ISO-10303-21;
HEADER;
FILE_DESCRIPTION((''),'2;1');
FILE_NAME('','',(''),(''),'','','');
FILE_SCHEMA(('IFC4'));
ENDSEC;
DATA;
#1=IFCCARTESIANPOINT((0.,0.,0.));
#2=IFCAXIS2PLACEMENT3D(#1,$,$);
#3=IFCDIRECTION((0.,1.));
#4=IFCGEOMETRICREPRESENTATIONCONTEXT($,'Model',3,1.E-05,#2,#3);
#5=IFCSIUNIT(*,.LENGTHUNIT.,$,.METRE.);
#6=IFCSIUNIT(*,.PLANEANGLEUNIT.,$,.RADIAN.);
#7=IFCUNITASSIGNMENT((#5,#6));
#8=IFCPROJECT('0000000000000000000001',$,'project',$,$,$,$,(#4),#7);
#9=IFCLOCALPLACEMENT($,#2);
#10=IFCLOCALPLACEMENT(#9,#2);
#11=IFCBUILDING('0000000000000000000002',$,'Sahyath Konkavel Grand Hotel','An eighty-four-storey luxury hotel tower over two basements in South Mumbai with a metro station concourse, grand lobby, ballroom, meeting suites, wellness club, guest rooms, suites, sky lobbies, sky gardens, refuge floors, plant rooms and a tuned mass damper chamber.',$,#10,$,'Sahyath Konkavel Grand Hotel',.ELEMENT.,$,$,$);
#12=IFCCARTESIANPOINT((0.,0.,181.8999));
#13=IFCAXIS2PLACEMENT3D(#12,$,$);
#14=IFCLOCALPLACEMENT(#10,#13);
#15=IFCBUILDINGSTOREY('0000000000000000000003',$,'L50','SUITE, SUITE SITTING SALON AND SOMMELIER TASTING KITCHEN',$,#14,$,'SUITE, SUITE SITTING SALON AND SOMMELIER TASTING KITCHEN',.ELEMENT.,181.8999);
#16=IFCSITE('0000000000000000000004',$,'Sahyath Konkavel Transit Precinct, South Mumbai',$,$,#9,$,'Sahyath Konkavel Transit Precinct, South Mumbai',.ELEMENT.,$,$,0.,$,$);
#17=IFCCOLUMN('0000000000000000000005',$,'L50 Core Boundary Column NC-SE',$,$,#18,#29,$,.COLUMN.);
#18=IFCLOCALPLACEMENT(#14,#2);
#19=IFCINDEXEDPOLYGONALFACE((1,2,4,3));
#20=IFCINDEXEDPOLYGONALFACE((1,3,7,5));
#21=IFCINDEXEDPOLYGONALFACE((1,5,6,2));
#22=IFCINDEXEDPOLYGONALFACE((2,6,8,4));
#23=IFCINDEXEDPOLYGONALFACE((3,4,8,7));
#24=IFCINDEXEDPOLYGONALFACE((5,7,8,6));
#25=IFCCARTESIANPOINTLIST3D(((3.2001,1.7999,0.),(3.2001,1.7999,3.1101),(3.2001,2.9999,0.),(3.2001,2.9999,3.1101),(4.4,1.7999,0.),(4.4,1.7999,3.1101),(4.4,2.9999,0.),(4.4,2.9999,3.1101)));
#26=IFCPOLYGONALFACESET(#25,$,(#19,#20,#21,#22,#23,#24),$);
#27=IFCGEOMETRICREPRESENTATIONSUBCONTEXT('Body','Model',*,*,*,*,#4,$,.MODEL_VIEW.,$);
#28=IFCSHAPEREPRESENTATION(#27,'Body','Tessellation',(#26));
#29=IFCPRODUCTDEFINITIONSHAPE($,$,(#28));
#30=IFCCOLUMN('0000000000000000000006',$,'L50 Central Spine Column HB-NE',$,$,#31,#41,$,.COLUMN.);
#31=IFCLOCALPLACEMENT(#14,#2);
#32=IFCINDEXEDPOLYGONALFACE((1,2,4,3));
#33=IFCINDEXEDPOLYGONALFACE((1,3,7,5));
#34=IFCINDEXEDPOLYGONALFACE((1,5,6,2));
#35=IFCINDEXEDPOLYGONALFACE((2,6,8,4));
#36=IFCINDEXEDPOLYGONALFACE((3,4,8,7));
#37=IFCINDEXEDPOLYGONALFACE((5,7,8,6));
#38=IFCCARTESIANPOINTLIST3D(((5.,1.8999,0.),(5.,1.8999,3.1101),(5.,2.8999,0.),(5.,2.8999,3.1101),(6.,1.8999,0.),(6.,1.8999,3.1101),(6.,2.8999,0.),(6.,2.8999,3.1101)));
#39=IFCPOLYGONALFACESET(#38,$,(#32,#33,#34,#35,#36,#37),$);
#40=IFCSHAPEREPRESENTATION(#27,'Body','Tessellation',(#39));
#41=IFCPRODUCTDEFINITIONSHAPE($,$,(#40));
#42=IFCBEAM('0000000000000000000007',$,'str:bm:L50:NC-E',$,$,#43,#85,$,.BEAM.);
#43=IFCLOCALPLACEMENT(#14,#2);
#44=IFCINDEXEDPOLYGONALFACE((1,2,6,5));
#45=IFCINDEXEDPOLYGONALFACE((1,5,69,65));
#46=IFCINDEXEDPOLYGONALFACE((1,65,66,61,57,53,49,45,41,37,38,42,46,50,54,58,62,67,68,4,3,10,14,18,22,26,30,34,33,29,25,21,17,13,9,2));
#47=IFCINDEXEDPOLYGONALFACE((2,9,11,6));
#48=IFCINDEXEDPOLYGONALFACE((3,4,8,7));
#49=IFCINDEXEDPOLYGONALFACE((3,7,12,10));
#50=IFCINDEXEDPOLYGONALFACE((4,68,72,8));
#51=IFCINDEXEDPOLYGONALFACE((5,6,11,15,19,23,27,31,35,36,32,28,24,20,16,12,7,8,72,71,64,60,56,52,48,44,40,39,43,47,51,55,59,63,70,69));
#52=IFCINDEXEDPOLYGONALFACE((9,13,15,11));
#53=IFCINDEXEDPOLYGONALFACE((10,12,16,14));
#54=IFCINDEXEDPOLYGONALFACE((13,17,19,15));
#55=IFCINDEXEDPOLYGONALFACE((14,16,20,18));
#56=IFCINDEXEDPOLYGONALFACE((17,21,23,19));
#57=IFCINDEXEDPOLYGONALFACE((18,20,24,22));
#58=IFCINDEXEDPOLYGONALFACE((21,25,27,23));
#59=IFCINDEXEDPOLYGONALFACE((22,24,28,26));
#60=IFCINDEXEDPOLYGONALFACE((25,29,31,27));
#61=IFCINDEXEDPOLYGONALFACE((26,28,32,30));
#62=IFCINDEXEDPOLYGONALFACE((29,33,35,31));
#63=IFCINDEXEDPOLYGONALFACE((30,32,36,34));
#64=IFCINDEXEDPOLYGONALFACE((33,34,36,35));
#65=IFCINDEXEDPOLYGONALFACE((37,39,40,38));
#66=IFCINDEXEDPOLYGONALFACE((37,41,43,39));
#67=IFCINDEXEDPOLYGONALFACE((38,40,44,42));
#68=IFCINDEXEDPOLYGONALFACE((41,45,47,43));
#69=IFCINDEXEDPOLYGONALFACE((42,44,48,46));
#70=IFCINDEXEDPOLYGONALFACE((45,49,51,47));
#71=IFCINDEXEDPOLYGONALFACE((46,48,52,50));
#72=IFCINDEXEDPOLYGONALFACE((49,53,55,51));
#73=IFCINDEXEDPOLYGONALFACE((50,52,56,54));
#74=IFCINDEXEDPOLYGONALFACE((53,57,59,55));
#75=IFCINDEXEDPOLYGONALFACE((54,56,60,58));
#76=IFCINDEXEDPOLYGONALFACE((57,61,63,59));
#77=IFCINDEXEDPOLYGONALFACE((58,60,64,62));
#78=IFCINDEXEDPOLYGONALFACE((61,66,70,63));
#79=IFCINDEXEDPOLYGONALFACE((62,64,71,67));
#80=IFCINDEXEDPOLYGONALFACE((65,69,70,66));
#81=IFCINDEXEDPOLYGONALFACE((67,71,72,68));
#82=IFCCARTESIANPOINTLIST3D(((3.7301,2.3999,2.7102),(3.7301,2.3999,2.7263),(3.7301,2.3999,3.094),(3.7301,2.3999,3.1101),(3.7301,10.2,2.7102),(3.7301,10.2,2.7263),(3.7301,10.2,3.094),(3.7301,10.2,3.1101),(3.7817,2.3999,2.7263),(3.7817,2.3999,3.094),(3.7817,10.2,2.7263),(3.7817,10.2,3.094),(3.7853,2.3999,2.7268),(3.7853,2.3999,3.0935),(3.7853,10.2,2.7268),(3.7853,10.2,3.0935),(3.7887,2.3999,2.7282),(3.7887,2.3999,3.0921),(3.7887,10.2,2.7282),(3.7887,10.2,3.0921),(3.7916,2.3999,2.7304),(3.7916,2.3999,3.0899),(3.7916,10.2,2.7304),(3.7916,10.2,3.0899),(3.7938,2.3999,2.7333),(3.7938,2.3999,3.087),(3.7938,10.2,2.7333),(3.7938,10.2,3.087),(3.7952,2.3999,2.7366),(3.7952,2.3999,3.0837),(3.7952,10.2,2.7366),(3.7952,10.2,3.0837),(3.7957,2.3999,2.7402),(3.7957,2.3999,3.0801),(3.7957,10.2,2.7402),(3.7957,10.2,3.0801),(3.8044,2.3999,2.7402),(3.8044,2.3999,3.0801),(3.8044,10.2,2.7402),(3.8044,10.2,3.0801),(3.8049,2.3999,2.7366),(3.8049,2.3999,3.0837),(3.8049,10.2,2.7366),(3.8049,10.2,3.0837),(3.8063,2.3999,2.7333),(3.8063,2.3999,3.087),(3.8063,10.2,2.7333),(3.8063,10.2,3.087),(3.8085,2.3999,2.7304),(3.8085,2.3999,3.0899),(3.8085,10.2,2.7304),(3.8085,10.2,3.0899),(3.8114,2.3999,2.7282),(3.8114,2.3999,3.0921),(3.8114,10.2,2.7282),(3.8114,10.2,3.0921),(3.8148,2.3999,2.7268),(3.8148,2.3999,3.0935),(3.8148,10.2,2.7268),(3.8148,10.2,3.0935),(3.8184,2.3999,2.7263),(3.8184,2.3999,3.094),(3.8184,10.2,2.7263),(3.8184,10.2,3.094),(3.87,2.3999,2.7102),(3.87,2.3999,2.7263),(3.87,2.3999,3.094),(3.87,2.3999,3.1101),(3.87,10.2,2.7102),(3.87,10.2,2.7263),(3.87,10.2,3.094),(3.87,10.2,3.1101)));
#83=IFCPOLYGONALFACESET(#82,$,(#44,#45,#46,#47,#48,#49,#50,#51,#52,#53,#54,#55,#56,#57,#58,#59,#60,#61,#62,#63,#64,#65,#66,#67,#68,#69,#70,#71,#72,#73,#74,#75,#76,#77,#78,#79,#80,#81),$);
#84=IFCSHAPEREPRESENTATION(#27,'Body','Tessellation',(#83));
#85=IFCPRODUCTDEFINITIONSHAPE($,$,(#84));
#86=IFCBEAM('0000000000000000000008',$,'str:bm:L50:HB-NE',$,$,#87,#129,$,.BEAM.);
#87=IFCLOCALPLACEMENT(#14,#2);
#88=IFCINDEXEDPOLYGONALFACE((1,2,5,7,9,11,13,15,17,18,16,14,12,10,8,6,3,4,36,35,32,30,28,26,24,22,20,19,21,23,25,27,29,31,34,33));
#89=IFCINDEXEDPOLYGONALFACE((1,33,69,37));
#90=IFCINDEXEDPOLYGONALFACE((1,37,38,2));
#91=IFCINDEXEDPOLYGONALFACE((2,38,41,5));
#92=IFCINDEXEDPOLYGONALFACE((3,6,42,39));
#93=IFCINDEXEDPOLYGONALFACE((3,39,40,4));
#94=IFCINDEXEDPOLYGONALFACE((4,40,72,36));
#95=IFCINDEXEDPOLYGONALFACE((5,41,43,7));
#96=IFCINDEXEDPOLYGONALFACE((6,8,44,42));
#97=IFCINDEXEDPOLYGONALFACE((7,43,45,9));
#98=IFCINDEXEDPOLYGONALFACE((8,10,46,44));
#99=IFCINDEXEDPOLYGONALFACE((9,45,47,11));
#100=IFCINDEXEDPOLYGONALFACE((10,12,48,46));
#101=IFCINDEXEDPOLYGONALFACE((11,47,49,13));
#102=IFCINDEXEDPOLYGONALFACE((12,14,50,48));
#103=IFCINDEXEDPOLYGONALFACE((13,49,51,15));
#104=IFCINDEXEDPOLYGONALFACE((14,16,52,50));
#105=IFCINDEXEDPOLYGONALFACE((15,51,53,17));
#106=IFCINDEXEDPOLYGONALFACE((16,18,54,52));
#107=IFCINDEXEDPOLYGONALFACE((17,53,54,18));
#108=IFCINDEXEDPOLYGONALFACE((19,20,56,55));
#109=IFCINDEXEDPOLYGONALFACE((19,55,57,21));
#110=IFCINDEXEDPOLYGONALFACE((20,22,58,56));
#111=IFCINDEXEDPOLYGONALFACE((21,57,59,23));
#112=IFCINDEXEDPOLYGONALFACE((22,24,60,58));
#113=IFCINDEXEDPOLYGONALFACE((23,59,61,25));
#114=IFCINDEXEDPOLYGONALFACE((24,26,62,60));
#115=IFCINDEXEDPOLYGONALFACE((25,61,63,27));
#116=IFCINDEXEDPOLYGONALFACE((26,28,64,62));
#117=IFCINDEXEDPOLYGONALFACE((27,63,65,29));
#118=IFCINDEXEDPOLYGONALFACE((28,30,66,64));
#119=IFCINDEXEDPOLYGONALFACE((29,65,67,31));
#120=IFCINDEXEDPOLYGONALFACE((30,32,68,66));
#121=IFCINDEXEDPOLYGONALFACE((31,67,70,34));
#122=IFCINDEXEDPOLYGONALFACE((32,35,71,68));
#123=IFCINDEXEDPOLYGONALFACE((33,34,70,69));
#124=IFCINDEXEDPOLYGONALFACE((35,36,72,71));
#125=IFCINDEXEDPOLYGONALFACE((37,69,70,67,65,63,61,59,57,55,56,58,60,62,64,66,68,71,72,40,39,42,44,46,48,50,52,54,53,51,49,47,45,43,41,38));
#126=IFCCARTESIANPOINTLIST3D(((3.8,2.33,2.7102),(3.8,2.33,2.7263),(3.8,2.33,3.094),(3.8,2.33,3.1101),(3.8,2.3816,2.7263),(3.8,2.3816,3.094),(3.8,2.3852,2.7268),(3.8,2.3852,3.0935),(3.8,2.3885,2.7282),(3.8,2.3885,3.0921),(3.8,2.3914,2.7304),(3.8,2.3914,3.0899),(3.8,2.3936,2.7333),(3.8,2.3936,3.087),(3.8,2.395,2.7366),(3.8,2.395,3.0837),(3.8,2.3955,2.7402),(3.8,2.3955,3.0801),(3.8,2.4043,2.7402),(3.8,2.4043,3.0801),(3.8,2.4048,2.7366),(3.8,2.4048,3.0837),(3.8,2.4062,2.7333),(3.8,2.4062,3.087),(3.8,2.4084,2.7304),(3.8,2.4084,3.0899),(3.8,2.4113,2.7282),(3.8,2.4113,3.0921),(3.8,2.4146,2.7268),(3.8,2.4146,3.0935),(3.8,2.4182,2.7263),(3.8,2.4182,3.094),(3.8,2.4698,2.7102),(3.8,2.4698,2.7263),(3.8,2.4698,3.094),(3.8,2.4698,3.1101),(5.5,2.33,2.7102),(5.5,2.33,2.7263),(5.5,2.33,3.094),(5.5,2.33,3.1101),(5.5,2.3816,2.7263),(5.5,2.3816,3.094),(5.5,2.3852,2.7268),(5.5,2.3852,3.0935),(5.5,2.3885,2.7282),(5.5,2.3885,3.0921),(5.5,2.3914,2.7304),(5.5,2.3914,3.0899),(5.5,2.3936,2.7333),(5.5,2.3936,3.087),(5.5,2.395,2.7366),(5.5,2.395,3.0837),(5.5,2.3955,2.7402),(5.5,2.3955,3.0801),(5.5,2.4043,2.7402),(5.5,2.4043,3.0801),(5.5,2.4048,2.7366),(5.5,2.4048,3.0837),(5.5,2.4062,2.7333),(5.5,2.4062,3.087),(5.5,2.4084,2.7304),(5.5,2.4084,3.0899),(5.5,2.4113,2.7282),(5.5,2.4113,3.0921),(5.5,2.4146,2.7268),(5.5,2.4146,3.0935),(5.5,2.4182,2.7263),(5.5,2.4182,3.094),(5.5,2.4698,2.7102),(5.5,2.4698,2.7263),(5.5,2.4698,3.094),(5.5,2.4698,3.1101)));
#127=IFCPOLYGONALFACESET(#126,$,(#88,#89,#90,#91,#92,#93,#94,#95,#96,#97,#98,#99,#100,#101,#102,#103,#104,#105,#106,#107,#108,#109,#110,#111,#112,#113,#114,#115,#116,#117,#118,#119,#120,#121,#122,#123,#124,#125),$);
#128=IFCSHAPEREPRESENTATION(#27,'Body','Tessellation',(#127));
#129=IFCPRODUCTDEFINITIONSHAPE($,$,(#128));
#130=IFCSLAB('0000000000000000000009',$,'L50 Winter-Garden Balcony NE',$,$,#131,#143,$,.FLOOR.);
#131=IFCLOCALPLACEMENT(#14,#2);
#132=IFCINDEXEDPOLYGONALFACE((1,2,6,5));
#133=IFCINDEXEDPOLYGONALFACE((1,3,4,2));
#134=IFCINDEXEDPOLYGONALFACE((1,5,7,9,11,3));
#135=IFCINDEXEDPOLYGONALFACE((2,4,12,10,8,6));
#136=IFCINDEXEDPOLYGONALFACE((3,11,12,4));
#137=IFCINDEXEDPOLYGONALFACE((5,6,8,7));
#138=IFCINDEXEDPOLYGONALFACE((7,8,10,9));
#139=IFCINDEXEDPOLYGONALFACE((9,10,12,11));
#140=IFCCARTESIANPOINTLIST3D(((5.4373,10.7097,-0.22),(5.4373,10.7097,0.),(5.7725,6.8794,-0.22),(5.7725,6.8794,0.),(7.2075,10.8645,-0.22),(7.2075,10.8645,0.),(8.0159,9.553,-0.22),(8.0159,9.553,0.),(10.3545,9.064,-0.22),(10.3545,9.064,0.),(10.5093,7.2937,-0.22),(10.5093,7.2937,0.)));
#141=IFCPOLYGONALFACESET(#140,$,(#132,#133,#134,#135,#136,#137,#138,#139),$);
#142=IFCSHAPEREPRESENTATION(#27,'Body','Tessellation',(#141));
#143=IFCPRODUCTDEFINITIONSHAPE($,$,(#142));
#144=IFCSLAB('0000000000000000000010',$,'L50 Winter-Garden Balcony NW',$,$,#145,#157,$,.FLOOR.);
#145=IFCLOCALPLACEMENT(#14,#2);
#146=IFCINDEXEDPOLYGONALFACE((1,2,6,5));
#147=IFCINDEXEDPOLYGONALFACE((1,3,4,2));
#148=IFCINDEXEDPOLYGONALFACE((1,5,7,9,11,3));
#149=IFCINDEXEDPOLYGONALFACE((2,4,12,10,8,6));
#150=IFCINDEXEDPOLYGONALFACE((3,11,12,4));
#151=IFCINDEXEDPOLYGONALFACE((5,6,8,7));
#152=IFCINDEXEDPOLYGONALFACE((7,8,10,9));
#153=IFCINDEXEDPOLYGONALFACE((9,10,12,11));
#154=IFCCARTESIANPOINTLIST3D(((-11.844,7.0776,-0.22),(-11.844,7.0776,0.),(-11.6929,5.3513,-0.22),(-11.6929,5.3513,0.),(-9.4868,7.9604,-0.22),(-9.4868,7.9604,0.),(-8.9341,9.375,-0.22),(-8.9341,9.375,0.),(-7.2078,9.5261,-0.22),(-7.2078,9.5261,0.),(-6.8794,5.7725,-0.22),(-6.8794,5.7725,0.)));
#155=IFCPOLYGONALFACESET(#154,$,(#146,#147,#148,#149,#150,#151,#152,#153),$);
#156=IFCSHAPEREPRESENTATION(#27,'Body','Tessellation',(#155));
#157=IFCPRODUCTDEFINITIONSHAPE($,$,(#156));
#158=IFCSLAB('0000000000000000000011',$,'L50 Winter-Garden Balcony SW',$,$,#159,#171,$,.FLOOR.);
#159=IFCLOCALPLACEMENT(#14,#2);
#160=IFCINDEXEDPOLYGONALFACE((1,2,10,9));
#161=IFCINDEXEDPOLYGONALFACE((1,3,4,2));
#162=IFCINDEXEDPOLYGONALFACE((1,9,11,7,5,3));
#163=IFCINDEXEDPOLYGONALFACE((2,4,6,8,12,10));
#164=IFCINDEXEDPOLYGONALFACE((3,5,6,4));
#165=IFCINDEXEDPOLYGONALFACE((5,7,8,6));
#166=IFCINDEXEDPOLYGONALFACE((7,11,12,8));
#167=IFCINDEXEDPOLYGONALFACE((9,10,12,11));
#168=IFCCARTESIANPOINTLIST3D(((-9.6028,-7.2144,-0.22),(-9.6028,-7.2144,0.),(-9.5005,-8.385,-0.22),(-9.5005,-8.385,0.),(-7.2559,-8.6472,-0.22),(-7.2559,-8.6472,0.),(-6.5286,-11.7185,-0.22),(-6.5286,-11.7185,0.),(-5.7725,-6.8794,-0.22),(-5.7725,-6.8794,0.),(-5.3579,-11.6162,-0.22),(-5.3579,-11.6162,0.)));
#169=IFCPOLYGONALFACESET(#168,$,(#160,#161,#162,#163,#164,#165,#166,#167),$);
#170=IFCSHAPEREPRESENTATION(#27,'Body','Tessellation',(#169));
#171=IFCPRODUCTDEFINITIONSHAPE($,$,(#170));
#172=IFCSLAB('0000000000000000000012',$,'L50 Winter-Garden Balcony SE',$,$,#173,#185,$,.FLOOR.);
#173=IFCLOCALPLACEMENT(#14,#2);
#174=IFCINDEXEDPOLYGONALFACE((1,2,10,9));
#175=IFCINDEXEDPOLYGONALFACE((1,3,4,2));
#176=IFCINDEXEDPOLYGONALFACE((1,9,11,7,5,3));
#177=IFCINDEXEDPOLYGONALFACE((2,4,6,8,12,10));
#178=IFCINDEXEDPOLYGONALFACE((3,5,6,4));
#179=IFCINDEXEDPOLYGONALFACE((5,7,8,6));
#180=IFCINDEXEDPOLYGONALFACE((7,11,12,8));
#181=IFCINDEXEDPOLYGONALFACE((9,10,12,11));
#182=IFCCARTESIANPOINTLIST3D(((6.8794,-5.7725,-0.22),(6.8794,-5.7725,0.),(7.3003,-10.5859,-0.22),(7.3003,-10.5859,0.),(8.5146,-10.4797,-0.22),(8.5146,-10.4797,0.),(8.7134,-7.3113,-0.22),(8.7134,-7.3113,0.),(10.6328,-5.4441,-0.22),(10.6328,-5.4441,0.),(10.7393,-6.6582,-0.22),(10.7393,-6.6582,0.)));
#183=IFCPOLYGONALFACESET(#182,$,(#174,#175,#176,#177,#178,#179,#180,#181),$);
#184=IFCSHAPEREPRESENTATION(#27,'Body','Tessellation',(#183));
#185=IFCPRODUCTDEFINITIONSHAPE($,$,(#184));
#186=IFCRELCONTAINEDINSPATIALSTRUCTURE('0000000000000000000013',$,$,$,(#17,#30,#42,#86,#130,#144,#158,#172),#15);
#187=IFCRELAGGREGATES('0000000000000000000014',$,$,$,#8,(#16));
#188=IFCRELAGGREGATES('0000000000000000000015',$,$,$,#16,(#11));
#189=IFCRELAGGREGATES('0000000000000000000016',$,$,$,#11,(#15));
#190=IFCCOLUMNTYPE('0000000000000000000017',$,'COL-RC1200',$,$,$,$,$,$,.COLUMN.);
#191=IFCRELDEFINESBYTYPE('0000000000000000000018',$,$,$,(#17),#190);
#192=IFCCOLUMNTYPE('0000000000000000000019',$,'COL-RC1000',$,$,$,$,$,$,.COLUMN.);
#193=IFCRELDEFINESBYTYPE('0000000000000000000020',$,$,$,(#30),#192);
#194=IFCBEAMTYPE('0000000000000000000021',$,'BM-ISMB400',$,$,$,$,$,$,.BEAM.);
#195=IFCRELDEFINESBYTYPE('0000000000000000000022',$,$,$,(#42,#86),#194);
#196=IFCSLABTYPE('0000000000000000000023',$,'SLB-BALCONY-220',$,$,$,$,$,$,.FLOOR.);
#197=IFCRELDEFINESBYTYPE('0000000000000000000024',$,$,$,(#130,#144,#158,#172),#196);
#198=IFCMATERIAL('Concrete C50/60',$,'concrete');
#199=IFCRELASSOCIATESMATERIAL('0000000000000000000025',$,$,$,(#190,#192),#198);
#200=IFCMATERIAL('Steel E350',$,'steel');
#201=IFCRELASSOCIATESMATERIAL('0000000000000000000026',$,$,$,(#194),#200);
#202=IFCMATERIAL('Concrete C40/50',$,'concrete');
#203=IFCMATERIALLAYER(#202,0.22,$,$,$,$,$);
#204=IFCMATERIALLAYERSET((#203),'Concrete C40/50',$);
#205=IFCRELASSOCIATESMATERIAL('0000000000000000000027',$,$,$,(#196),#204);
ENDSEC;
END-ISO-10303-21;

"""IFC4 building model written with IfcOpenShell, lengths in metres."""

from ifc_helpers import new_model, si_unit, direction, frame, origin, origin_2d, place, context, subcontext, project, spatial, polyline, rectangle, i_section, outline, extrude, source, transform, mapped, material, layer, layer_set, material_profile, profile_set, type_object, element, save


model = new_model("IFC4")

# Units and contexts
model_context = context("Model", 3, precision=1e-05, world=origin(), true_north=direction((0.0, 1.0)))
body_context = subcontext(model_context, "Body", "Model", "MODEL_VIEW")
ifc_project = project(units=[si_unit("LENGTHUNIT", "METRE"), si_unit("PLANEANGLEUNIT", "RADIAN")], contexts=[model_context])

# Site, building, storey
site_placement = place(None, origin())
site = spatial("IfcSite", under=ifc_project, at=site_placement, Name="Sahyath Konkavel Transit Precinct, South Mumbai", LongName="Sahyath Konkavel Transit Precinct, South Mumbai", CompositionType="ELEMENT", RefElevation=0.0)
building_placement = place(site_placement, origin())
building = spatial("IfcBuilding", under=site, at=building_placement, Name="Sahyath Konkavel Grand Hotel", Description="An eighty-four-storey luxury hotel tower over two basements in South Mumbai with a metro station concourse, grand lobby, ballroom, meeting suites, wellness club, guest rooms, suites, sky lobbies, sky gardens, refuge floors, plant rooms and a tuned mass damper chamber.", LongName="Sahyath Konkavel Grand Hotel", CompositionType="ELEMENT")
storey_placement = place(building_placement, frame((0.0, 0.0, 181.8999)))
storey = spatial("IfcBuildingStorey", under=building, at=storey_placement, Name="L50", Description="SUITE, SUITE SITTING SALON AND SOMMELIER TASTING KITCHEN", LongName="SUITE, SUITE SITTING SALON AND SOMMELIER TASTING KITCHEN", CompositionType="ELEMENT", Elevation=181.8999)

# Columns
ifc_material_1 = material(Name="Concrete C50/60", Category="concrete")
ifc_material_profile_1 = material_profile(ifc_material_1, rectangle(XDim=1.2, YDim=1.2, at=origin_2d()), Name="RC 1200x1200")
ifc_profile_set_1 = profile_set([ifc_material_profile_1], Name="Concrete C50/60")
column_type_1 = type_object("IfcColumnType", Name="COL-RC1200", PredefinedType="COLUMN", material=ifc_profile_set_1)
shared_shape_1 = source(origin(), body_context, "Body", "SweptSolid", [
    extrude(rectangle(XDim=1.2, YDim=1.2, at=origin_2d()), origin(), (0.0, 0.0, 1.0), 3.1101),
])
column_1_placement = place(storey_placement, frame((3.8, 2.3999, 0.0), z_axis=(0.0, 0.0, 1.0), x_axis=(1.0, 0.0, 0.0)))
element("IfcColumn", 1, at=column_1_placement, inside=storey, type_object=column_type_1, Name="L50 Core Boundary Column NC-SE", PredefinedType="COLUMN", context=body_context, shape_type="MappedRepresentation", body=[
    mapped(shared_shape_1, transform((0.0, 0.0, 0.0), scale=1.0)),
])
ifc_material_profile_2 = material_profile(ifc_material_1, rectangle(XDim=1.0, YDim=1.0, at=origin_2d()), Name="RC 1000x1000")
ifc_profile_set_2 = profile_set([ifc_material_profile_2], Name="Concrete C50/60")
column_type_2 = type_object("IfcColumnType", Name="COL-RC1000", PredefinedType="COLUMN", material=ifc_profile_set_2)
shared_shape_2 = source(origin(), body_context, "Body", "SweptSolid", [
    extrude(rectangle(XDim=1.0, YDim=1.0, at=origin_2d()), origin(), (0.0, 0.0, 1.0), 3.1101),
])
column_2_placement = place(storey_placement, frame((5.5, 2.3999, 0.0), z_axis=(0.0, 0.0, 1.0), x_axis=(1.0, 0.0, 0.0)))
element("IfcColumn", 2, at=column_2_placement, inside=storey, type_object=column_type_2, Name="L50 Central Spine Column HB-NE", PredefinedType="COLUMN", context=body_context, shape_type="MappedRepresentation", body=[
    mapped(shared_shape_2, transform((0.0, 0.0, 0.0), scale=1.0)),
])

# Beams
ifc_material_2 = material(Name="Steel E350", Category="steel")
ifc_material_profile_3 = material_profile(ifc_material_2, i_section(OverallWidth=0.1399, OverallDepth=0.3999, WebThickness=0.0088, FlangeThickness=0.0161, FilletRadius=0.0139, at=origin_2d()), Name="ISMB 400")
ifc_profile_set_3 = profile_set([ifc_material_profile_3], Name="Steel E350")
beam_type = type_object("IfcBeamType", Name="BM-ISMB400", PredefinedType="BEAM", material=ifc_profile_set_3)
shared_shape_3 = source(origin(), body_context, "Body", "SweptSolid", [
    extrude(i_section(OverallWidth=0.1399, OverallDepth=0.3999, WebThickness=0.0088, FlangeThickness=0.0161, FilletRadius=0.0139, at=origin_2d()), origin(), (0.0, 0.0, 1.0), 7.8),
])
beam_1_placement = place(storey_placement, frame((3.8, 2.3999, 2.9102), z_axis=(0.0, 1.0, 0.0), x_axis=(-1.0, 0.0, 0.0)))
element("IfcBeam", 3, at=beam_1_placement, inside=storey, type_object=beam_type, Name="str:bm:L50:NC-E", PredefinedType="BEAM", context=body_context, shape_type="MappedRepresentation", body=[
    mapped(shared_shape_3, transform((0.0, 0.0, 0.0), scale=1.0)),
])
shared_shape_4 = source(origin(), body_context, "Body", "SweptSolid", [
    extrude(i_section(OverallWidth=0.1399, OverallDepth=0.3999, WebThickness=0.0088, FlangeThickness=0.0161, FilletRadius=0.0139, at=origin_2d()), origin(), (0.0, 0.0, 1.0), 1.7),
])
beam_2_placement = place(storey_placement, frame((3.8, 2.3999, 2.9102), z_axis=(1.0, 0.0, 0.0), x_axis=(0.0, 1.0, 0.0)))
element("IfcBeam", 4, at=beam_2_placement, inside=storey, type_object=beam_type, Name="str:bm:L50:HB-NE", PredefinedType="BEAM", context=body_context, shape_type="MappedRepresentation", body=[
    mapped(shared_shape_4, transform((0.0, 0.0, 0.0), scale=1.0)),
])

# Slabs
ifc_material_3 = material(Name="Concrete C40/50", Category="concrete")
ifc_layer_1 = layer(ifc_material_3, 0.22)
ifc_layer_set_1 = layer_set([ifc_layer_1], Name="Concrete C40/50")
slab_type_1 = type_object("IfcSlabType", Name="SLB-BALCONY-220", PredefinedType="FLOOR", material=ifc_layer_set_1)
slab_1_placement = place(storey_placement, frame((0.0, 0.0, -0.22)))
element("IfcSlab", 5, at=slab_1_placement, inside=storey, type_object=slab_type_1, Name="L50 Winter-Garden Balcony NE", PredefinedType="FLOOR", context=body_context, shape_type="SweptSolid", body=[
    extrude(outline(polyline([(5.7725, 6.8794), (10.5093, 7.2937), (10.3545, 9.064), (8.0159, 9.553), (7.2075, 10.8645), (5.4373, 10.7097), (5.7725, 6.8794)])), origin(), (0.0, 0.0, 1.0), 0.22),
])
slab_2_placement = place(storey_placement, frame((0.0, 0.0, -0.22)))
element("IfcSlab", 6, at=slab_2_placement, inside=storey, type_object=slab_type_1, Name="L50 Winter-Garden Balcony NW", PredefinedType="FLOOR", context=body_context, shape_type="SweptSolid", body=[
    extrude(outline(polyline([(-6.8794, 5.7725), (-7.2078, 9.5261), (-8.9341, 9.375), (-9.4868, 7.9604), (-11.844, 7.0776), (-11.6929, 5.3513), (-6.8794, 5.7725)])), origin(), (0.0, 0.0, 1.0), 0.22),
])
slab_3_placement = place(storey_placement, frame((0.0, 0.0, -0.22)))
element("IfcSlab", 7, at=slab_3_placement, inside=storey, type_object=slab_type_1, Name="L50 Winter-Garden Balcony SW", PredefinedType="FLOOR", context=body_context, shape_type="SweptSolid", body=[
    extrude(outline(polyline([(-5.7725, -6.8794), (-9.6028, -7.2144), (-9.5005, -8.385), (-7.2559, -8.6472), (-6.5286, -11.7185), (-5.3579, -11.6162), (-5.7725, -6.8794)])), origin(), (0.0, 0.0, 1.0), 0.22),
])
slab_4_placement = place(storey_placement, frame((0.0, 0.0, -0.22)))
element("IfcSlab", 8, at=slab_4_placement, inside=storey, type_object=slab_type_1, Name="L50 Winter-Garden Balcony SE", PredefinedType="FLOOR", context=body_context, shape_type="SweptSolid", body=[
    extrude(outline(polyline([(6.8794, -5.7725), (7.3003, -10.5859), (8.5146, -10.4797), (8.7134, -7.3113), (10.7393, -6.6582), (10.6328, -5.4441), (6.8794, -5.7725)])), origin(), (0.0, 0.0, 1.0), 0.22),
])

save(model, "model.ifc")
